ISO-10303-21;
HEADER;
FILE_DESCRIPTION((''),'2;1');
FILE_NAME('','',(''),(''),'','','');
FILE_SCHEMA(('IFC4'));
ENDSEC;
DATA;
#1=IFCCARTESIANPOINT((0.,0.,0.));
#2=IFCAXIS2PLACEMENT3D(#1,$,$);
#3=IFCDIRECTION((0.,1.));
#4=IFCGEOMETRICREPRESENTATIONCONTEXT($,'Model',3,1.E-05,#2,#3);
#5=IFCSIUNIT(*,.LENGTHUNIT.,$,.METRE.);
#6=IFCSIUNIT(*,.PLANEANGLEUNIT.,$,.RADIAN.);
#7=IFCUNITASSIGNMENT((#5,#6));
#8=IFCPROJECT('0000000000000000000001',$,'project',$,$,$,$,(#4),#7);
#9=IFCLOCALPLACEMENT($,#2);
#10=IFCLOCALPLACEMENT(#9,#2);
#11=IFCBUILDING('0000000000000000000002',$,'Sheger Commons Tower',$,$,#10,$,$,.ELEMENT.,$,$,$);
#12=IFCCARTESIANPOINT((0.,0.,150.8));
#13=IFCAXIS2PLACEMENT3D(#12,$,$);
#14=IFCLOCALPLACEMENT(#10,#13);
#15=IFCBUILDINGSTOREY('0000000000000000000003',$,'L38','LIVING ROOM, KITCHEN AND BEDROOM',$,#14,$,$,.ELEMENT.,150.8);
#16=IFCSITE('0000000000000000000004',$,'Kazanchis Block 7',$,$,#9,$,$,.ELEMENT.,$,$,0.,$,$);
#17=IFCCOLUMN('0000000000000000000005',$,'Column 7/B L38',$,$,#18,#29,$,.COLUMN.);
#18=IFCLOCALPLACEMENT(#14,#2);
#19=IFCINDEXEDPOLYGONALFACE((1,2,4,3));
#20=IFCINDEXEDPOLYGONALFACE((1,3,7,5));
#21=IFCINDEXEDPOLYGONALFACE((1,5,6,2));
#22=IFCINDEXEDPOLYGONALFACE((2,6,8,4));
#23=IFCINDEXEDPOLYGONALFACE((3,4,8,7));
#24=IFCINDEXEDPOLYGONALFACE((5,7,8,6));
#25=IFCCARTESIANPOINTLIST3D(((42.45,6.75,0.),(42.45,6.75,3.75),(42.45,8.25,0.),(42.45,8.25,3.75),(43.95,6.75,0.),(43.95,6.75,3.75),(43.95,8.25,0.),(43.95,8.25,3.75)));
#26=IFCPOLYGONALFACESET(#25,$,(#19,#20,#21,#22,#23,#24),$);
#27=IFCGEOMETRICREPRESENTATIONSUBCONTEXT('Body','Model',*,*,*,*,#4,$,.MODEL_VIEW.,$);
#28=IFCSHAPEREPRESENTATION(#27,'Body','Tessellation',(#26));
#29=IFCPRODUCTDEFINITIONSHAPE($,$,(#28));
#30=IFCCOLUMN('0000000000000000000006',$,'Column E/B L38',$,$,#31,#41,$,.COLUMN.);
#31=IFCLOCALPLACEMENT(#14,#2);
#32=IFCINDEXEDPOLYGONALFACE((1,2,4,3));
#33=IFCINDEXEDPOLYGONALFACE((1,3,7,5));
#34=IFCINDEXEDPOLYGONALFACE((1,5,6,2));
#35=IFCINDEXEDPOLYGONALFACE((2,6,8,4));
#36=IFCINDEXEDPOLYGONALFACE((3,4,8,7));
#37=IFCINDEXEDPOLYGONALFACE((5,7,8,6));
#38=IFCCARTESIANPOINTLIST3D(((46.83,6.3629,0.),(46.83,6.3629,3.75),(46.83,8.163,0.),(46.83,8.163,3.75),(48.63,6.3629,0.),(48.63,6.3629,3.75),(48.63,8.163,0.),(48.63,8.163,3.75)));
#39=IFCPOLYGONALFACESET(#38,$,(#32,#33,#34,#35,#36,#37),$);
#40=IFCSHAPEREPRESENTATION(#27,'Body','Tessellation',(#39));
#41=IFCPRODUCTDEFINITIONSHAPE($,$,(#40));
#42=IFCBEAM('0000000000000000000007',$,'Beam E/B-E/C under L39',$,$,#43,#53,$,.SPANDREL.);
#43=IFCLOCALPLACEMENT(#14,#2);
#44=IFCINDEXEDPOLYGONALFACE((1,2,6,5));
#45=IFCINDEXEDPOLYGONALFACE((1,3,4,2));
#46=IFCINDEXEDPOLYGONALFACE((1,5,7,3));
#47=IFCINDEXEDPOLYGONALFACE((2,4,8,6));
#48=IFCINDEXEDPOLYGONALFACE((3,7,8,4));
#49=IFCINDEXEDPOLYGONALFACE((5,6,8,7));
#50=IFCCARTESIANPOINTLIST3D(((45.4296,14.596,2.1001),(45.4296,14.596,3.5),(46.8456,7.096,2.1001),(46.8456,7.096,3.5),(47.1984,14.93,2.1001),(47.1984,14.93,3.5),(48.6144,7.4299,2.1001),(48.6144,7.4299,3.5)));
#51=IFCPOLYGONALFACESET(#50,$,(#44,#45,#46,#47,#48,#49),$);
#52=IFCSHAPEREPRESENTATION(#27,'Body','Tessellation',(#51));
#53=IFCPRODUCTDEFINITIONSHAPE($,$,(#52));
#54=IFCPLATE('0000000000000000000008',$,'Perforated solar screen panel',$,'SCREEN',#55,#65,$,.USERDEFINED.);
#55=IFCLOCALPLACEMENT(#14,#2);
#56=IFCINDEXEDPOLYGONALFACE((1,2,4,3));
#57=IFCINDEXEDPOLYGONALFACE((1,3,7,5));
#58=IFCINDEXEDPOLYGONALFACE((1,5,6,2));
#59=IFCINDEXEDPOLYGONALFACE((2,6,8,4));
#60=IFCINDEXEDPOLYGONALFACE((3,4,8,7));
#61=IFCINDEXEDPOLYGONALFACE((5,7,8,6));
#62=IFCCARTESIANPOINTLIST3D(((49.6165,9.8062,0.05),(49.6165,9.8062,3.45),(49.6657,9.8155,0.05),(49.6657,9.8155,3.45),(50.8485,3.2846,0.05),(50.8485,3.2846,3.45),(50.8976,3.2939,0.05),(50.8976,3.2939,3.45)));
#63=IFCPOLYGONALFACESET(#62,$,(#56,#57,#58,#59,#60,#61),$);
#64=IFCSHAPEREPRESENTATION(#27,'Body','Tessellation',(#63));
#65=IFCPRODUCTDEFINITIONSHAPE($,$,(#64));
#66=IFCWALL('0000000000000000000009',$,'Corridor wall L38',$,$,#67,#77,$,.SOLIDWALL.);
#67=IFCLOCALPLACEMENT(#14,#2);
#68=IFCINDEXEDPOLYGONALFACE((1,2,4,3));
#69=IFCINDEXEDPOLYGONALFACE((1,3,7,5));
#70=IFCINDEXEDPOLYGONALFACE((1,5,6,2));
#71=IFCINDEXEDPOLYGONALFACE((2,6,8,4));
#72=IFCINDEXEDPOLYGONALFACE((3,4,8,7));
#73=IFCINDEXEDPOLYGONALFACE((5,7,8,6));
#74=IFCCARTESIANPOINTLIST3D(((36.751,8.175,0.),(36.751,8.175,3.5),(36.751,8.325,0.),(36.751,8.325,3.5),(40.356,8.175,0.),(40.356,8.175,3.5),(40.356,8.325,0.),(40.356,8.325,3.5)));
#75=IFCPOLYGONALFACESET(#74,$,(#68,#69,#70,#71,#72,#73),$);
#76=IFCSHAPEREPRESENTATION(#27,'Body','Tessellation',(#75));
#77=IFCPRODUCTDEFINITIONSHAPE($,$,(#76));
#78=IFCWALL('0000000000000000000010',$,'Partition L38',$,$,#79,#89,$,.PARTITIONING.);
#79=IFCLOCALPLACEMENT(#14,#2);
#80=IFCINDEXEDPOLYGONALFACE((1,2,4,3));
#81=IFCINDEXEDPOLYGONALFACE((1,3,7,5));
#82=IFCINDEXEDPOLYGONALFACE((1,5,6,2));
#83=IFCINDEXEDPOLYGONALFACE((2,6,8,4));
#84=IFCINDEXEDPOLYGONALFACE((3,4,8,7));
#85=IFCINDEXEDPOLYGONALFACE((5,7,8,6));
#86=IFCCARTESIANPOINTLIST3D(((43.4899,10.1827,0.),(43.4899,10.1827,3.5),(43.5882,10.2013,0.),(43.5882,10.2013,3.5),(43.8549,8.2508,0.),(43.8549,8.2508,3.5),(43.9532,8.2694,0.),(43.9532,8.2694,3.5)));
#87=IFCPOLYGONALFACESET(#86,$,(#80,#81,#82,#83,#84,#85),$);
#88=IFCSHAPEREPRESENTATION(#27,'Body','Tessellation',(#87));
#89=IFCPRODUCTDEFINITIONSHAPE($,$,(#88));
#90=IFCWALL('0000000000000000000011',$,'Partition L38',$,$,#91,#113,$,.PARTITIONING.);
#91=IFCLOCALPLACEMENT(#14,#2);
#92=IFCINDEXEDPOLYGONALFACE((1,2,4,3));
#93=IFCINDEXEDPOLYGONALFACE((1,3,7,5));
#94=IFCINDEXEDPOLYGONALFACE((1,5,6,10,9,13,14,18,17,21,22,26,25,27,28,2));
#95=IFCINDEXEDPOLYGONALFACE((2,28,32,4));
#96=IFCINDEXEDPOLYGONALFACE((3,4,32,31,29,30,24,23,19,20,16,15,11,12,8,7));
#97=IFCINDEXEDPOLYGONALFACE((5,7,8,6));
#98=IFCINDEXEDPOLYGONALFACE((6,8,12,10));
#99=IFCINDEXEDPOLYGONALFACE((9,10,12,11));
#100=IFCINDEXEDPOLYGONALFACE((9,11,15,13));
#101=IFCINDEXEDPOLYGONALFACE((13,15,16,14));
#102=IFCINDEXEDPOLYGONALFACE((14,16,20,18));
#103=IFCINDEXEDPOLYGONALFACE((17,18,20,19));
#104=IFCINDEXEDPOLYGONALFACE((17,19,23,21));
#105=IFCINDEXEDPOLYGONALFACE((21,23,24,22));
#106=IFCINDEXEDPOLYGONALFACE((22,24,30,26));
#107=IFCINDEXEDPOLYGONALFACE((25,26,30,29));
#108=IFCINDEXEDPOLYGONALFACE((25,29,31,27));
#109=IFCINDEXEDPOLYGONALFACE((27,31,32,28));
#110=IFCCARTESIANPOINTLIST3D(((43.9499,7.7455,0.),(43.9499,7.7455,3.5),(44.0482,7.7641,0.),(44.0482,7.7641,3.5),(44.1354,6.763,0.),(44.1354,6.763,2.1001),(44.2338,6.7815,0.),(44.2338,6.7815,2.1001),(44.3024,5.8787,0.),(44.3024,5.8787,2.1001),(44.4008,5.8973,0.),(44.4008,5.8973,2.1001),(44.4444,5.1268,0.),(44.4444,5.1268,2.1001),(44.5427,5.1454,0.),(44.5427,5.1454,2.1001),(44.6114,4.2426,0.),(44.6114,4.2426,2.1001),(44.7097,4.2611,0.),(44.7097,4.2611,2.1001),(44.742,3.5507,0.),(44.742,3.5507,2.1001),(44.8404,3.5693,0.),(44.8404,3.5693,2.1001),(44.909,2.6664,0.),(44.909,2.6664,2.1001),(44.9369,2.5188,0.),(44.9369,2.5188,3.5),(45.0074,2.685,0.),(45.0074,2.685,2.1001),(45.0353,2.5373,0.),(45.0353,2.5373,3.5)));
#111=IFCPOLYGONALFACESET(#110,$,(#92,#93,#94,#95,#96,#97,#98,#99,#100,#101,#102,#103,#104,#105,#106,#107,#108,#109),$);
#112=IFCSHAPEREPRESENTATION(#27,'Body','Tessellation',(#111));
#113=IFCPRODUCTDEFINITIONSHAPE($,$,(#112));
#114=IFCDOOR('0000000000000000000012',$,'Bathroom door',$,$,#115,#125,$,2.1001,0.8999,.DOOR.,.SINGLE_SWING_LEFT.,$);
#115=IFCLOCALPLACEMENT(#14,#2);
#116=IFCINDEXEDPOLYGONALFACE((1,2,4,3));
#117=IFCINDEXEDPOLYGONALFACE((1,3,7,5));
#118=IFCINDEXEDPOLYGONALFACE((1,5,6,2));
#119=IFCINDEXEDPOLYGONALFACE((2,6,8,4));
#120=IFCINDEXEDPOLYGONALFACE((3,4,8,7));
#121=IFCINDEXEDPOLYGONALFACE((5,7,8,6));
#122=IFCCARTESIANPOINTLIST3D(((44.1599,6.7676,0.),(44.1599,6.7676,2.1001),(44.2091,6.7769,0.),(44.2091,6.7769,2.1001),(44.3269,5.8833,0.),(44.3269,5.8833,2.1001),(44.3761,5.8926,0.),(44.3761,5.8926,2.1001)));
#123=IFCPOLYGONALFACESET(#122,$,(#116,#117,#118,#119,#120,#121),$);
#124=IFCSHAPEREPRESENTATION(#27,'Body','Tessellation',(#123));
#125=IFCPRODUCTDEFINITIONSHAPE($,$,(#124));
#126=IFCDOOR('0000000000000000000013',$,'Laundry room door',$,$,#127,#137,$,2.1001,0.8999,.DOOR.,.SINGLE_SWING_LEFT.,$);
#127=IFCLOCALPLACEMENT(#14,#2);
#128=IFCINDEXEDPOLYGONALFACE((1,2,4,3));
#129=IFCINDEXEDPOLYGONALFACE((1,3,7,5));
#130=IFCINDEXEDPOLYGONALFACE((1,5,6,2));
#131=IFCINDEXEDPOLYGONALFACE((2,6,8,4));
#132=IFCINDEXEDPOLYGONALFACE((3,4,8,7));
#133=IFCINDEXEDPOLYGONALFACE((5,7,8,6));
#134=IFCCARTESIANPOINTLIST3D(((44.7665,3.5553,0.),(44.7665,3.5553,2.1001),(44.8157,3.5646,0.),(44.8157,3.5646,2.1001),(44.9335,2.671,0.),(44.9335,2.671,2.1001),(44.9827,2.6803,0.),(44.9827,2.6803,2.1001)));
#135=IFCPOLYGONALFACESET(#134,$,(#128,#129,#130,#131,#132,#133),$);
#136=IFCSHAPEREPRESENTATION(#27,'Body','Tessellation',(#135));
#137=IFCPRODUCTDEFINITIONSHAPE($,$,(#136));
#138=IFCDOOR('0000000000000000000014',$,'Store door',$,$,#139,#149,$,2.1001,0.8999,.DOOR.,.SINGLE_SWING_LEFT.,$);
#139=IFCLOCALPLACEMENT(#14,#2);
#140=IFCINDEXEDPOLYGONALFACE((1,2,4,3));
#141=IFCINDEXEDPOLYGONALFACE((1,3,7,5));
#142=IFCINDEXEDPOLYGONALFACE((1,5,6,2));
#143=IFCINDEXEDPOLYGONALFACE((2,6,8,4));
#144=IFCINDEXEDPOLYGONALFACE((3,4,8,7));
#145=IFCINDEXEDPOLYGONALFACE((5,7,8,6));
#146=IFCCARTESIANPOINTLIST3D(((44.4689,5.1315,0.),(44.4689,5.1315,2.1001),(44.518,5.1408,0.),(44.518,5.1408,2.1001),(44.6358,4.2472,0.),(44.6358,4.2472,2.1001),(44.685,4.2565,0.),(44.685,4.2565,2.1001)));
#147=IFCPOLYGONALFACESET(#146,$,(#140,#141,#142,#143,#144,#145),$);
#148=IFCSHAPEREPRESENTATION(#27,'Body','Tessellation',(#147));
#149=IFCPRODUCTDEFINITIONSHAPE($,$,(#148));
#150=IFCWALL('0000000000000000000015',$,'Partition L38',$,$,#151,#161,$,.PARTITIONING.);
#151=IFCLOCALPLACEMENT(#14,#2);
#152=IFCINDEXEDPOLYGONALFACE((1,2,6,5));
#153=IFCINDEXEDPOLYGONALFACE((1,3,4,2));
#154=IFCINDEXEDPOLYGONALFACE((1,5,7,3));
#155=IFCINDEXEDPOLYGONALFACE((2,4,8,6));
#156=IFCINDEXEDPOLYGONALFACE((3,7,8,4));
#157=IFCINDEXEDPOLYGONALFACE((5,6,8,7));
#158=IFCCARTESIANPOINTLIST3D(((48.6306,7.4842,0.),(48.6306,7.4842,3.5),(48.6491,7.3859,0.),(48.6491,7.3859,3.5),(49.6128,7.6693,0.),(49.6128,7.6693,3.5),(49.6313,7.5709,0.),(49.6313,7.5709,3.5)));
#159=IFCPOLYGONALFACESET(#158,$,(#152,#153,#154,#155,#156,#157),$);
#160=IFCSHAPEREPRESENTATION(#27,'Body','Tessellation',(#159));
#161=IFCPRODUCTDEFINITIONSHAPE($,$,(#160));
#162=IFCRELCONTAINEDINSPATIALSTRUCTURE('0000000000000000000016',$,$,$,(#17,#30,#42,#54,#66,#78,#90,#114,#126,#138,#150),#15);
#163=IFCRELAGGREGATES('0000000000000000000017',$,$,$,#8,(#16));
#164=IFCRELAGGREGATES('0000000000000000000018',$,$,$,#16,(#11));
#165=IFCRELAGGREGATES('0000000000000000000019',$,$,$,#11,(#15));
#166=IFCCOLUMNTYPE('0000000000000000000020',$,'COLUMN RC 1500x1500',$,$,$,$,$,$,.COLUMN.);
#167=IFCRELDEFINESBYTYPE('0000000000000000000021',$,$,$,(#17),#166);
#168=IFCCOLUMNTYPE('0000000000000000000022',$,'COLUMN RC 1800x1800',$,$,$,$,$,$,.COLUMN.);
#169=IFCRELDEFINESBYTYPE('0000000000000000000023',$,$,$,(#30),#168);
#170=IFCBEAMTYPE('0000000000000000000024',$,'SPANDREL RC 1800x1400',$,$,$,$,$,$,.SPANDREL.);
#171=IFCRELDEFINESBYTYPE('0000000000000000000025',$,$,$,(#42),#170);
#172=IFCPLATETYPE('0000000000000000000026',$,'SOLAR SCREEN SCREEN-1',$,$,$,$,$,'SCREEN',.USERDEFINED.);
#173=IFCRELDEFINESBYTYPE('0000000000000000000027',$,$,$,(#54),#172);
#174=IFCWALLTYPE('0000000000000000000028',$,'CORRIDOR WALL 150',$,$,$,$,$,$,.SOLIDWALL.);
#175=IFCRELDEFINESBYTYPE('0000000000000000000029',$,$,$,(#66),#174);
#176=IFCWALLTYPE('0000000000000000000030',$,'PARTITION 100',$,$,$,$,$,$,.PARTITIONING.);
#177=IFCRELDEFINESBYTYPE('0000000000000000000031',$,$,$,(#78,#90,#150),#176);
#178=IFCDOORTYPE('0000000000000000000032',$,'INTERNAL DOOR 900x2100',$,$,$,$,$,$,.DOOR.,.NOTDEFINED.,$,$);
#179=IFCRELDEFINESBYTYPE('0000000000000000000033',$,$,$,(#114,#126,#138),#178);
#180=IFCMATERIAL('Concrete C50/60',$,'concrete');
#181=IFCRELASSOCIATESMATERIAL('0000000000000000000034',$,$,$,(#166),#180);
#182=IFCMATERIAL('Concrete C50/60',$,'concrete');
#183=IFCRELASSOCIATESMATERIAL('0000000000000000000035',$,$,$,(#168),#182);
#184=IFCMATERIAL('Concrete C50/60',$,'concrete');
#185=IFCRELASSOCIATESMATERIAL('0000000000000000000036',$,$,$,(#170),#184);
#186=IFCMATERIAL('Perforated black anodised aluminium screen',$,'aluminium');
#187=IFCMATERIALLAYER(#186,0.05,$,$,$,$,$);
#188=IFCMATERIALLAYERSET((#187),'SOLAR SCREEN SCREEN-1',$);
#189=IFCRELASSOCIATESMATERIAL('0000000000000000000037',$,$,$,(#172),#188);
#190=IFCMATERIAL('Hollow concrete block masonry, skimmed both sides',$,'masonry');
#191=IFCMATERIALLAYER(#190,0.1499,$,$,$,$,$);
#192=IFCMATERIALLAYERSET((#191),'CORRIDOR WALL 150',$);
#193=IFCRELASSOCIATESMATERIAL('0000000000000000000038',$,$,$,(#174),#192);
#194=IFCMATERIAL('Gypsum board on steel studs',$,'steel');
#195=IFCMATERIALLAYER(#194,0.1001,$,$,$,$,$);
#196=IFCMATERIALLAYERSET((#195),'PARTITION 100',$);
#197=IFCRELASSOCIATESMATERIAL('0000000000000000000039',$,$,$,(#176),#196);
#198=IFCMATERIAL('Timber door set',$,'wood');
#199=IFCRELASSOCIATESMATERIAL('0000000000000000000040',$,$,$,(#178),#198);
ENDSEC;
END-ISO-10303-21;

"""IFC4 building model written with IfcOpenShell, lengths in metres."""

from ifc_helpers import new_model, si_unit, direction, frame, frame_2d, origin, origin_2d, place, context, subcontext, project, spatial, rectangle, extrude, material, layer, layer_set, material_profile, profile_set, type_object, element, fill, save


model = new_model("IFC4")

# Units and contexts
model_context = context("Model", 3, precision=1e-05, world=origin(), true_north=direction((0.0, 1.0)))
body_context = subcontext(model_context, "Body", "Model", "MODEL_VIEW")
ifc_project = project(units=[si_unit("LENGTHUNIT", "METRE"), si_unit("PLANEANGLEUNIT", "RADIAN")], contexts=[model_context])

# Site, building, storey
site_placement = place(None, origin())
site = spatial("IfcSite", under=ifc_project, at=site_placement, Name="Kazanchis Block 7", CompositionType="ELEMENT", RefElevation=0.0)
building_placement = place(site_placement, origin())
building = spatial("IfcBuilding", under=site, at=building_placement, Name="Sheger Commons Tower", CompositionType="ELEMENT")
storey_placement = place(building_placement, frame((0.0, 0.0, 150.8)))
storey = spatial("IfcBuildingStorey", under=building, at=storey_placement, Name="L38", Description="LIVING ROOM, KITCHEN AND BEDROOM", CompositionType="ELEMENT", Elevation=150.8)

# Columns
ifc_material_1 = material(Name="Concrete C50/60", Category="concrete")
ifc_material_profile_1 = material_profile(ifc_material_1, rectangle(XDim=1.5, YDim=1.5, at=origin_2d()), Name="RC 1500x1500")
ifc_profile_set_1 = profile_set([ifc_material_profile_1], Name="Concrete C50/60")
column_type_1 = type_object("IfcColumnType", Name="COLUMN RC 1500x1500", PredefinedType="COLUMN", material=ifc_profile_set_1)
column_1_placement = place(storey_placement, frame((43.2, 7.5, 0.0), z_axis=(0.0, 0.0, 1.0), x_axis=(1.0, 0.0, 0.0)))
element("IfcColumn", 1, at=column_1_placement, inside=storey, type_object=column_type_1, Name="Column 7/B L38", PredefinedType="COLUMN", context=body_context, shape_type="SweptSolid", body=[
    extrude(rectangle(XDim=1.5, YDim=1.5, at=origin_2d()), origin(), (0.0, 0.0, 1.0), 3.75),
])
ifc_material_2 = material(Name="Concrete C50/60", Category="concrete")
ifc_material_profile_2 = material_profile(ifc_material_2, rectangle(XDim=1.8, YDim=1.8, at=origin_2d()), Name="RC 1800x1800")
ifc_profile_set_2 = profile_set([ifc_material_profile_2], Name="Concrete C50/60")
column_type_2 = type_object("IfcColumnType", Name="COLUMN RC 1800x1800", PredefinedType="COLUMN", material=ifc_profile_set_2)
column_2_placement = place(storey_placement, frame((47.73, 7.2629, 0.0), z_axis=(0.0, 0.0, 1.0), x_axis=(1.0, 0.0, 0.0)))
element("IfcColumn", 2, at=column_2_placement, inside=storey, type_object=column_type_2, Name="Column E/B L38", PredefinedType="COLUMN", context=body_context, shape_type="SweptSolid", body=[
    extrude(rectangle(XDim=1.8, YDim=1.8, at=origin_2d()), origin(), (0.0, 0.0, 1.0), 3.75),
])

# Beam
ifc_material_3 = material(Name="Concrete C50/60", Category="concrete")
ifc_material_profile_3 = material_profile(ifc_material_3, rectangle(XDim=1.8, YDim=1.3999, at=origin_2d()), Name="RC 1800x1400")
ifc_profile_set_3 = profile_set([ifc_material_profile_3], Name="Concrete C50/60")
beam_type = type_object("IfcBeamType", Name="SPANDREL RC 1800x1400", PredefinedType="SPANDREL", material=ifc_profile_set_3)
beam_placement = place(storey_placement, frame((47.73, 7.2629, 2.8), z_axis=(-0.185524, 0.98264, 0.0), x_axis=(-0.98264, -0.185524, 0.0)))
element("IfcBeam", 3, at=beam_placement, inside=storey, type_object=beam_type, Name="Beam E/B-E/C under L39", PredefinedType="SPANDREL", context=body_context, shape_type="SweptSolid", body=[
    extrude(rectangle(XDim=1.8, YDim=1.3999, at=origin_2d()), origin(), (0.0, 0.0, 1.0), 7.6326),
])

# Plate
ifc_material_4 = material(Name="Perforated black anodised aluminium screen", Category="aluminium")
ifc_layer_1 = layer(ifc_material_4, 0.05)
ifc_layer_set_1 = layer_set([ifc_layer_1], Name="SOLAR SCREEN SCREEN-1")
plate_type = type_object("IfcPlateType", Name="SOLAR SCREEN SCREEN-1", ElementType="SCREEN", PredefinedType="USERDEFINED", material=ifc_layer_set_1)
plate_placement = place(storey_placement, frame((50.2571, 6.55, 0.05), z_axis=(0.0, 0.0, 1.0), x_axis=(-0.185615, 0.982623, 0.0)))
element("IfcPlate", 4, at=plate_placement, inside=storey, type_object=plate_type, Name="Perforated solar screen panel", ObjectType="SCREEN", PredefinedType="USERDEFINED", context=body_context, shape_type="SweptSolid", body=[
    extrude(rectangle(XDim=6.637, YDim=0.05, at=origin_2d()), origin(), (0.0, 0.0, 1.0), 3.3999),
])

# Walls
ifc_material_5 = material(Name="Hollow concrete block masonry, skimmed both sides", Category="masonry")
ifc_layer_2 = layer(ifc_material_5, 0.1499)
ifc_layer_set_2 = layer_set([ifc_layer_2], Name="CORRIDOR WALL 150")
wall_type_1 = type_object("IfcWallType", Name="CORRIDOR WALL 150", PredefinedType="SOLIDWALL", material=ifc_layer_set_2)
wall_1_placement = place(storey_placement, frame((40.356, 8.25, 0.0), z_axis=(0.0, 0.0, 1.0), x_axis=(-1.0, 0.0, 0.0)))
element("IfcWall", 5, at=wall_1_placement, inside=storey, type_object=wall_type_1, Name="Corridor wall L38", PredefinedType="SOLIDWALL", context=body_context, shape_type="SweptSolid", body=[
    extrude(rectangle(XDim=3.605, YDim=0.1499, at=frame_2d((1.8025, 0.0))), origin(), (0.0, 0.0, 1.0), 3.5),
])
ifc_material_6 = material(Name="Gypsum board on steel studs", Category="steel")
ifc_layer_3 = layer(ifc_material_6, 0.1001)
ifc_layer_set_3 = layer_set([ifc_layer_3], Name="PARTITION 100")
wall_type_2 = type_object("IfcWallType", Name="PARTITION 100", PredefinedType="PARTITIONING", material=ifc_layer_set_3)
wall_2_placement = place(storey_placement, frame((43.5391, 10.1919, 0.0), z_axis=(0.0, 0.0, 1.0), x_axis=(0.185645, -0.982617, 0.0)))
element("IfcWall", 6, at=wall_2_placement, inside=storey, type_object=wall_type_2, Name="Partition L38", PredefinedType="PARTITIONING", context=body_context, shape_type="SweptSolid", body=[
    extrude(rectangle(XDim=1.9661, YDim=0.1001, at=frame_2d((0.9829, 0.0))), origin(), (0.0, 0.0, 1.0), 3.5),
])

# Wall, openings, doors
wall_3_placement = place(storey_placement, frame((43.999, 7.7549, 0.0), z_axis=(0.0, 0.0, 1.0), x_axis=(0.185566, -0.982632, 0.0)))
wall_3 = element("IfcWall", 7, at=wall_3_placement, inside=storey, type_object=wall_type_2, Name="Partition L38", PredefinedType="PARTITIONING", context=body_context, shape_type="SweptSolid", body=[
    extrude(rectangle(XDim=5.3191, YDim=0.1001, at=frame_2d((2.6597, 0.0))), origin(), (0.0, 0.0, 1.0), 3.5),
])
opening_1_placement = place(wall_3_placement, frame((1.0, 0.0, 0.0)))
opening_1 = element("IfcOpeningElement", 8, at=opening_1_placement, cuts=wall_3, PredefinedType="OPENING", context=body_context, shape_type="SweptSolid", body=[
    extrude(rectangle(XDim=0.8999, YDim=2.1001, at=frame_2d((0.45, 1.05))), frame((0.0, 0.0601, 0.0), z_axis=(0.0, -1.0, 0.0), x_axis=(1.0, 0.0, 0.0)), (0.0, 0.0, 1.0), 0.1201),
])
opening_2_placement = place(wall_3_placement, frame((4.269, 0.0, 0.0)))
opening_2 = element("IfcOpeningElement", 9, at=opening_2_placement, cuts=wall_3, PredefinedType="OPENING", context=body_context, shape_type="SweptSolid", body=[
    extrude(rectangle(XDim=0.8999, YDim=2.1001, at=frame_2d((0.45, 1.05))), frame((0.0, 0.0601, 0.0), z_axis=(0.0, -1.0, 0.0), x_axis=(1.0, 0.0, 0.0)), (0.0, 0.0, 1.0), 0.1201),
])
opening_3_placement = place(wall_3_placement, frame((2.665, 0.0, 0.0)))
opening_3 = element("IfcOpeningElement", 10, at=opening_3_placement, cuts=wall_3, PredefinedType="OPENING", context=body_context, shape_type="SweptSolid", body=[
    extrude(rectangle(XDim=0.8999, YDim=2.1001, at=frame_2d((0.45, 1.05))), frame((0.0, 0.0601, 0.0), z_axis=(0.0, -1.0, 0.0), x_axis=(1.0, 0.0, 0.0)), (0.0, 0.0, 1.0), 0.1201),
])
ifc_material_7 = material(Name="Timber door set", Category="wood")
door_type = type_object("IfcDoorType", Name="INTERNAL DOOR 900x2100", OperationType="NOTDEFINED", PredefinedType="DOOR", material=ifc_material_7)
door_1_placement = place(opening_1_placement, origin())
door_1 = element("IfcDoor", 11, at=door_1_placement, inside=storey, type_object=door_type, Name="Bathroom door", OperationType="SINGLE_SWING_LEFT", OverallHeight=2.1001, OverallWidth=0.8999, PredefinedType="DOOR", context=body_context, shape_type="SweptSolid", body=[
    extrude(rectangle(XDim=0.8999, YDim=2.1001, at=frame_2d((0.45, 1.05))), frame((0.0, 0.0249, 0.0), z_axis=(0.0, -1.0, 0.0), x_axis=(1.0, 0.0, 0.0)), (0.0, 0.0, 1.0), 0.05),
])
fill(opening_1, door_1)
door_2_placement = place(opening_2_placement, origin())
door_2 = element("IfcDoor", 12, at=door_2_placement, inside=storey, type_object=door_type, Name="Laundry room door", OperationType="SINGLE_SWING_LEFT", OverallHeight=2.1001, OverallWidth=0.8999, PredefinedType="DOOR", context=body_context, shape_type="SweptSolid", body=[
    extrude(rectangle(XDim=0.8999, YDim=2.1001, at=frame_2d((0.45, 1.05))), frame((0.0, 0.0249, 0.0), z_axis=(0.0, -1.0, 0.0), x_axis=(1.0, 0.0, 0.0)), (0.0, 0.0, 1.0), 0.05),
])
fill(opening_2, door_2)
door_3_placement = place(opening_3_placement, origin())
door_3 = element("IfcDoor", 13, at=door_3_placement, inside=storey, type_object=door_type, Name="Store door", OperationType="SINGLE_SWING_LEFT", OverallHeight=2.1001, OverallWidth=0.8999, PredefinedType="DOOR", context=body_context, shape_type="SweptSolid", body=[
    extrude(rectangle(XDim=0.8999, YDim=2.1001, at=frame_2d((0.45, 1.05))), frame((0.0, 0.0249, 0.0), z_axis=(0.0, -1.0, 0.0), x_axis=(1.0, 0.0, 0.0)), (0.0, 0.0, 1.0), 0.05),
])
fill(opening_3, door_3)

# Wall
wall_4_placement = place(storey_placement, frame((49.6221, 7.6201, 0.0), z_axis=(0.0, 0.0, 1.0), x_axis=(-0.982709, -0.185159, 0.0)))
element("IfcWall", 14, at=wall_4_placement, inside=storey, type_object=wall_type_2, Name="Partition L38", PredefinedType="PARTITIONING", context=body_context, shape_type="SweptSolid", body=[
    extrude(rectangle(XDim=0.9995, YDim=0.1001, at=frame_2d((0.4998, 0.0))), origin(), (0.0, 0.0, 1.0), 3.5),
])

save(model, "model.ifc")
